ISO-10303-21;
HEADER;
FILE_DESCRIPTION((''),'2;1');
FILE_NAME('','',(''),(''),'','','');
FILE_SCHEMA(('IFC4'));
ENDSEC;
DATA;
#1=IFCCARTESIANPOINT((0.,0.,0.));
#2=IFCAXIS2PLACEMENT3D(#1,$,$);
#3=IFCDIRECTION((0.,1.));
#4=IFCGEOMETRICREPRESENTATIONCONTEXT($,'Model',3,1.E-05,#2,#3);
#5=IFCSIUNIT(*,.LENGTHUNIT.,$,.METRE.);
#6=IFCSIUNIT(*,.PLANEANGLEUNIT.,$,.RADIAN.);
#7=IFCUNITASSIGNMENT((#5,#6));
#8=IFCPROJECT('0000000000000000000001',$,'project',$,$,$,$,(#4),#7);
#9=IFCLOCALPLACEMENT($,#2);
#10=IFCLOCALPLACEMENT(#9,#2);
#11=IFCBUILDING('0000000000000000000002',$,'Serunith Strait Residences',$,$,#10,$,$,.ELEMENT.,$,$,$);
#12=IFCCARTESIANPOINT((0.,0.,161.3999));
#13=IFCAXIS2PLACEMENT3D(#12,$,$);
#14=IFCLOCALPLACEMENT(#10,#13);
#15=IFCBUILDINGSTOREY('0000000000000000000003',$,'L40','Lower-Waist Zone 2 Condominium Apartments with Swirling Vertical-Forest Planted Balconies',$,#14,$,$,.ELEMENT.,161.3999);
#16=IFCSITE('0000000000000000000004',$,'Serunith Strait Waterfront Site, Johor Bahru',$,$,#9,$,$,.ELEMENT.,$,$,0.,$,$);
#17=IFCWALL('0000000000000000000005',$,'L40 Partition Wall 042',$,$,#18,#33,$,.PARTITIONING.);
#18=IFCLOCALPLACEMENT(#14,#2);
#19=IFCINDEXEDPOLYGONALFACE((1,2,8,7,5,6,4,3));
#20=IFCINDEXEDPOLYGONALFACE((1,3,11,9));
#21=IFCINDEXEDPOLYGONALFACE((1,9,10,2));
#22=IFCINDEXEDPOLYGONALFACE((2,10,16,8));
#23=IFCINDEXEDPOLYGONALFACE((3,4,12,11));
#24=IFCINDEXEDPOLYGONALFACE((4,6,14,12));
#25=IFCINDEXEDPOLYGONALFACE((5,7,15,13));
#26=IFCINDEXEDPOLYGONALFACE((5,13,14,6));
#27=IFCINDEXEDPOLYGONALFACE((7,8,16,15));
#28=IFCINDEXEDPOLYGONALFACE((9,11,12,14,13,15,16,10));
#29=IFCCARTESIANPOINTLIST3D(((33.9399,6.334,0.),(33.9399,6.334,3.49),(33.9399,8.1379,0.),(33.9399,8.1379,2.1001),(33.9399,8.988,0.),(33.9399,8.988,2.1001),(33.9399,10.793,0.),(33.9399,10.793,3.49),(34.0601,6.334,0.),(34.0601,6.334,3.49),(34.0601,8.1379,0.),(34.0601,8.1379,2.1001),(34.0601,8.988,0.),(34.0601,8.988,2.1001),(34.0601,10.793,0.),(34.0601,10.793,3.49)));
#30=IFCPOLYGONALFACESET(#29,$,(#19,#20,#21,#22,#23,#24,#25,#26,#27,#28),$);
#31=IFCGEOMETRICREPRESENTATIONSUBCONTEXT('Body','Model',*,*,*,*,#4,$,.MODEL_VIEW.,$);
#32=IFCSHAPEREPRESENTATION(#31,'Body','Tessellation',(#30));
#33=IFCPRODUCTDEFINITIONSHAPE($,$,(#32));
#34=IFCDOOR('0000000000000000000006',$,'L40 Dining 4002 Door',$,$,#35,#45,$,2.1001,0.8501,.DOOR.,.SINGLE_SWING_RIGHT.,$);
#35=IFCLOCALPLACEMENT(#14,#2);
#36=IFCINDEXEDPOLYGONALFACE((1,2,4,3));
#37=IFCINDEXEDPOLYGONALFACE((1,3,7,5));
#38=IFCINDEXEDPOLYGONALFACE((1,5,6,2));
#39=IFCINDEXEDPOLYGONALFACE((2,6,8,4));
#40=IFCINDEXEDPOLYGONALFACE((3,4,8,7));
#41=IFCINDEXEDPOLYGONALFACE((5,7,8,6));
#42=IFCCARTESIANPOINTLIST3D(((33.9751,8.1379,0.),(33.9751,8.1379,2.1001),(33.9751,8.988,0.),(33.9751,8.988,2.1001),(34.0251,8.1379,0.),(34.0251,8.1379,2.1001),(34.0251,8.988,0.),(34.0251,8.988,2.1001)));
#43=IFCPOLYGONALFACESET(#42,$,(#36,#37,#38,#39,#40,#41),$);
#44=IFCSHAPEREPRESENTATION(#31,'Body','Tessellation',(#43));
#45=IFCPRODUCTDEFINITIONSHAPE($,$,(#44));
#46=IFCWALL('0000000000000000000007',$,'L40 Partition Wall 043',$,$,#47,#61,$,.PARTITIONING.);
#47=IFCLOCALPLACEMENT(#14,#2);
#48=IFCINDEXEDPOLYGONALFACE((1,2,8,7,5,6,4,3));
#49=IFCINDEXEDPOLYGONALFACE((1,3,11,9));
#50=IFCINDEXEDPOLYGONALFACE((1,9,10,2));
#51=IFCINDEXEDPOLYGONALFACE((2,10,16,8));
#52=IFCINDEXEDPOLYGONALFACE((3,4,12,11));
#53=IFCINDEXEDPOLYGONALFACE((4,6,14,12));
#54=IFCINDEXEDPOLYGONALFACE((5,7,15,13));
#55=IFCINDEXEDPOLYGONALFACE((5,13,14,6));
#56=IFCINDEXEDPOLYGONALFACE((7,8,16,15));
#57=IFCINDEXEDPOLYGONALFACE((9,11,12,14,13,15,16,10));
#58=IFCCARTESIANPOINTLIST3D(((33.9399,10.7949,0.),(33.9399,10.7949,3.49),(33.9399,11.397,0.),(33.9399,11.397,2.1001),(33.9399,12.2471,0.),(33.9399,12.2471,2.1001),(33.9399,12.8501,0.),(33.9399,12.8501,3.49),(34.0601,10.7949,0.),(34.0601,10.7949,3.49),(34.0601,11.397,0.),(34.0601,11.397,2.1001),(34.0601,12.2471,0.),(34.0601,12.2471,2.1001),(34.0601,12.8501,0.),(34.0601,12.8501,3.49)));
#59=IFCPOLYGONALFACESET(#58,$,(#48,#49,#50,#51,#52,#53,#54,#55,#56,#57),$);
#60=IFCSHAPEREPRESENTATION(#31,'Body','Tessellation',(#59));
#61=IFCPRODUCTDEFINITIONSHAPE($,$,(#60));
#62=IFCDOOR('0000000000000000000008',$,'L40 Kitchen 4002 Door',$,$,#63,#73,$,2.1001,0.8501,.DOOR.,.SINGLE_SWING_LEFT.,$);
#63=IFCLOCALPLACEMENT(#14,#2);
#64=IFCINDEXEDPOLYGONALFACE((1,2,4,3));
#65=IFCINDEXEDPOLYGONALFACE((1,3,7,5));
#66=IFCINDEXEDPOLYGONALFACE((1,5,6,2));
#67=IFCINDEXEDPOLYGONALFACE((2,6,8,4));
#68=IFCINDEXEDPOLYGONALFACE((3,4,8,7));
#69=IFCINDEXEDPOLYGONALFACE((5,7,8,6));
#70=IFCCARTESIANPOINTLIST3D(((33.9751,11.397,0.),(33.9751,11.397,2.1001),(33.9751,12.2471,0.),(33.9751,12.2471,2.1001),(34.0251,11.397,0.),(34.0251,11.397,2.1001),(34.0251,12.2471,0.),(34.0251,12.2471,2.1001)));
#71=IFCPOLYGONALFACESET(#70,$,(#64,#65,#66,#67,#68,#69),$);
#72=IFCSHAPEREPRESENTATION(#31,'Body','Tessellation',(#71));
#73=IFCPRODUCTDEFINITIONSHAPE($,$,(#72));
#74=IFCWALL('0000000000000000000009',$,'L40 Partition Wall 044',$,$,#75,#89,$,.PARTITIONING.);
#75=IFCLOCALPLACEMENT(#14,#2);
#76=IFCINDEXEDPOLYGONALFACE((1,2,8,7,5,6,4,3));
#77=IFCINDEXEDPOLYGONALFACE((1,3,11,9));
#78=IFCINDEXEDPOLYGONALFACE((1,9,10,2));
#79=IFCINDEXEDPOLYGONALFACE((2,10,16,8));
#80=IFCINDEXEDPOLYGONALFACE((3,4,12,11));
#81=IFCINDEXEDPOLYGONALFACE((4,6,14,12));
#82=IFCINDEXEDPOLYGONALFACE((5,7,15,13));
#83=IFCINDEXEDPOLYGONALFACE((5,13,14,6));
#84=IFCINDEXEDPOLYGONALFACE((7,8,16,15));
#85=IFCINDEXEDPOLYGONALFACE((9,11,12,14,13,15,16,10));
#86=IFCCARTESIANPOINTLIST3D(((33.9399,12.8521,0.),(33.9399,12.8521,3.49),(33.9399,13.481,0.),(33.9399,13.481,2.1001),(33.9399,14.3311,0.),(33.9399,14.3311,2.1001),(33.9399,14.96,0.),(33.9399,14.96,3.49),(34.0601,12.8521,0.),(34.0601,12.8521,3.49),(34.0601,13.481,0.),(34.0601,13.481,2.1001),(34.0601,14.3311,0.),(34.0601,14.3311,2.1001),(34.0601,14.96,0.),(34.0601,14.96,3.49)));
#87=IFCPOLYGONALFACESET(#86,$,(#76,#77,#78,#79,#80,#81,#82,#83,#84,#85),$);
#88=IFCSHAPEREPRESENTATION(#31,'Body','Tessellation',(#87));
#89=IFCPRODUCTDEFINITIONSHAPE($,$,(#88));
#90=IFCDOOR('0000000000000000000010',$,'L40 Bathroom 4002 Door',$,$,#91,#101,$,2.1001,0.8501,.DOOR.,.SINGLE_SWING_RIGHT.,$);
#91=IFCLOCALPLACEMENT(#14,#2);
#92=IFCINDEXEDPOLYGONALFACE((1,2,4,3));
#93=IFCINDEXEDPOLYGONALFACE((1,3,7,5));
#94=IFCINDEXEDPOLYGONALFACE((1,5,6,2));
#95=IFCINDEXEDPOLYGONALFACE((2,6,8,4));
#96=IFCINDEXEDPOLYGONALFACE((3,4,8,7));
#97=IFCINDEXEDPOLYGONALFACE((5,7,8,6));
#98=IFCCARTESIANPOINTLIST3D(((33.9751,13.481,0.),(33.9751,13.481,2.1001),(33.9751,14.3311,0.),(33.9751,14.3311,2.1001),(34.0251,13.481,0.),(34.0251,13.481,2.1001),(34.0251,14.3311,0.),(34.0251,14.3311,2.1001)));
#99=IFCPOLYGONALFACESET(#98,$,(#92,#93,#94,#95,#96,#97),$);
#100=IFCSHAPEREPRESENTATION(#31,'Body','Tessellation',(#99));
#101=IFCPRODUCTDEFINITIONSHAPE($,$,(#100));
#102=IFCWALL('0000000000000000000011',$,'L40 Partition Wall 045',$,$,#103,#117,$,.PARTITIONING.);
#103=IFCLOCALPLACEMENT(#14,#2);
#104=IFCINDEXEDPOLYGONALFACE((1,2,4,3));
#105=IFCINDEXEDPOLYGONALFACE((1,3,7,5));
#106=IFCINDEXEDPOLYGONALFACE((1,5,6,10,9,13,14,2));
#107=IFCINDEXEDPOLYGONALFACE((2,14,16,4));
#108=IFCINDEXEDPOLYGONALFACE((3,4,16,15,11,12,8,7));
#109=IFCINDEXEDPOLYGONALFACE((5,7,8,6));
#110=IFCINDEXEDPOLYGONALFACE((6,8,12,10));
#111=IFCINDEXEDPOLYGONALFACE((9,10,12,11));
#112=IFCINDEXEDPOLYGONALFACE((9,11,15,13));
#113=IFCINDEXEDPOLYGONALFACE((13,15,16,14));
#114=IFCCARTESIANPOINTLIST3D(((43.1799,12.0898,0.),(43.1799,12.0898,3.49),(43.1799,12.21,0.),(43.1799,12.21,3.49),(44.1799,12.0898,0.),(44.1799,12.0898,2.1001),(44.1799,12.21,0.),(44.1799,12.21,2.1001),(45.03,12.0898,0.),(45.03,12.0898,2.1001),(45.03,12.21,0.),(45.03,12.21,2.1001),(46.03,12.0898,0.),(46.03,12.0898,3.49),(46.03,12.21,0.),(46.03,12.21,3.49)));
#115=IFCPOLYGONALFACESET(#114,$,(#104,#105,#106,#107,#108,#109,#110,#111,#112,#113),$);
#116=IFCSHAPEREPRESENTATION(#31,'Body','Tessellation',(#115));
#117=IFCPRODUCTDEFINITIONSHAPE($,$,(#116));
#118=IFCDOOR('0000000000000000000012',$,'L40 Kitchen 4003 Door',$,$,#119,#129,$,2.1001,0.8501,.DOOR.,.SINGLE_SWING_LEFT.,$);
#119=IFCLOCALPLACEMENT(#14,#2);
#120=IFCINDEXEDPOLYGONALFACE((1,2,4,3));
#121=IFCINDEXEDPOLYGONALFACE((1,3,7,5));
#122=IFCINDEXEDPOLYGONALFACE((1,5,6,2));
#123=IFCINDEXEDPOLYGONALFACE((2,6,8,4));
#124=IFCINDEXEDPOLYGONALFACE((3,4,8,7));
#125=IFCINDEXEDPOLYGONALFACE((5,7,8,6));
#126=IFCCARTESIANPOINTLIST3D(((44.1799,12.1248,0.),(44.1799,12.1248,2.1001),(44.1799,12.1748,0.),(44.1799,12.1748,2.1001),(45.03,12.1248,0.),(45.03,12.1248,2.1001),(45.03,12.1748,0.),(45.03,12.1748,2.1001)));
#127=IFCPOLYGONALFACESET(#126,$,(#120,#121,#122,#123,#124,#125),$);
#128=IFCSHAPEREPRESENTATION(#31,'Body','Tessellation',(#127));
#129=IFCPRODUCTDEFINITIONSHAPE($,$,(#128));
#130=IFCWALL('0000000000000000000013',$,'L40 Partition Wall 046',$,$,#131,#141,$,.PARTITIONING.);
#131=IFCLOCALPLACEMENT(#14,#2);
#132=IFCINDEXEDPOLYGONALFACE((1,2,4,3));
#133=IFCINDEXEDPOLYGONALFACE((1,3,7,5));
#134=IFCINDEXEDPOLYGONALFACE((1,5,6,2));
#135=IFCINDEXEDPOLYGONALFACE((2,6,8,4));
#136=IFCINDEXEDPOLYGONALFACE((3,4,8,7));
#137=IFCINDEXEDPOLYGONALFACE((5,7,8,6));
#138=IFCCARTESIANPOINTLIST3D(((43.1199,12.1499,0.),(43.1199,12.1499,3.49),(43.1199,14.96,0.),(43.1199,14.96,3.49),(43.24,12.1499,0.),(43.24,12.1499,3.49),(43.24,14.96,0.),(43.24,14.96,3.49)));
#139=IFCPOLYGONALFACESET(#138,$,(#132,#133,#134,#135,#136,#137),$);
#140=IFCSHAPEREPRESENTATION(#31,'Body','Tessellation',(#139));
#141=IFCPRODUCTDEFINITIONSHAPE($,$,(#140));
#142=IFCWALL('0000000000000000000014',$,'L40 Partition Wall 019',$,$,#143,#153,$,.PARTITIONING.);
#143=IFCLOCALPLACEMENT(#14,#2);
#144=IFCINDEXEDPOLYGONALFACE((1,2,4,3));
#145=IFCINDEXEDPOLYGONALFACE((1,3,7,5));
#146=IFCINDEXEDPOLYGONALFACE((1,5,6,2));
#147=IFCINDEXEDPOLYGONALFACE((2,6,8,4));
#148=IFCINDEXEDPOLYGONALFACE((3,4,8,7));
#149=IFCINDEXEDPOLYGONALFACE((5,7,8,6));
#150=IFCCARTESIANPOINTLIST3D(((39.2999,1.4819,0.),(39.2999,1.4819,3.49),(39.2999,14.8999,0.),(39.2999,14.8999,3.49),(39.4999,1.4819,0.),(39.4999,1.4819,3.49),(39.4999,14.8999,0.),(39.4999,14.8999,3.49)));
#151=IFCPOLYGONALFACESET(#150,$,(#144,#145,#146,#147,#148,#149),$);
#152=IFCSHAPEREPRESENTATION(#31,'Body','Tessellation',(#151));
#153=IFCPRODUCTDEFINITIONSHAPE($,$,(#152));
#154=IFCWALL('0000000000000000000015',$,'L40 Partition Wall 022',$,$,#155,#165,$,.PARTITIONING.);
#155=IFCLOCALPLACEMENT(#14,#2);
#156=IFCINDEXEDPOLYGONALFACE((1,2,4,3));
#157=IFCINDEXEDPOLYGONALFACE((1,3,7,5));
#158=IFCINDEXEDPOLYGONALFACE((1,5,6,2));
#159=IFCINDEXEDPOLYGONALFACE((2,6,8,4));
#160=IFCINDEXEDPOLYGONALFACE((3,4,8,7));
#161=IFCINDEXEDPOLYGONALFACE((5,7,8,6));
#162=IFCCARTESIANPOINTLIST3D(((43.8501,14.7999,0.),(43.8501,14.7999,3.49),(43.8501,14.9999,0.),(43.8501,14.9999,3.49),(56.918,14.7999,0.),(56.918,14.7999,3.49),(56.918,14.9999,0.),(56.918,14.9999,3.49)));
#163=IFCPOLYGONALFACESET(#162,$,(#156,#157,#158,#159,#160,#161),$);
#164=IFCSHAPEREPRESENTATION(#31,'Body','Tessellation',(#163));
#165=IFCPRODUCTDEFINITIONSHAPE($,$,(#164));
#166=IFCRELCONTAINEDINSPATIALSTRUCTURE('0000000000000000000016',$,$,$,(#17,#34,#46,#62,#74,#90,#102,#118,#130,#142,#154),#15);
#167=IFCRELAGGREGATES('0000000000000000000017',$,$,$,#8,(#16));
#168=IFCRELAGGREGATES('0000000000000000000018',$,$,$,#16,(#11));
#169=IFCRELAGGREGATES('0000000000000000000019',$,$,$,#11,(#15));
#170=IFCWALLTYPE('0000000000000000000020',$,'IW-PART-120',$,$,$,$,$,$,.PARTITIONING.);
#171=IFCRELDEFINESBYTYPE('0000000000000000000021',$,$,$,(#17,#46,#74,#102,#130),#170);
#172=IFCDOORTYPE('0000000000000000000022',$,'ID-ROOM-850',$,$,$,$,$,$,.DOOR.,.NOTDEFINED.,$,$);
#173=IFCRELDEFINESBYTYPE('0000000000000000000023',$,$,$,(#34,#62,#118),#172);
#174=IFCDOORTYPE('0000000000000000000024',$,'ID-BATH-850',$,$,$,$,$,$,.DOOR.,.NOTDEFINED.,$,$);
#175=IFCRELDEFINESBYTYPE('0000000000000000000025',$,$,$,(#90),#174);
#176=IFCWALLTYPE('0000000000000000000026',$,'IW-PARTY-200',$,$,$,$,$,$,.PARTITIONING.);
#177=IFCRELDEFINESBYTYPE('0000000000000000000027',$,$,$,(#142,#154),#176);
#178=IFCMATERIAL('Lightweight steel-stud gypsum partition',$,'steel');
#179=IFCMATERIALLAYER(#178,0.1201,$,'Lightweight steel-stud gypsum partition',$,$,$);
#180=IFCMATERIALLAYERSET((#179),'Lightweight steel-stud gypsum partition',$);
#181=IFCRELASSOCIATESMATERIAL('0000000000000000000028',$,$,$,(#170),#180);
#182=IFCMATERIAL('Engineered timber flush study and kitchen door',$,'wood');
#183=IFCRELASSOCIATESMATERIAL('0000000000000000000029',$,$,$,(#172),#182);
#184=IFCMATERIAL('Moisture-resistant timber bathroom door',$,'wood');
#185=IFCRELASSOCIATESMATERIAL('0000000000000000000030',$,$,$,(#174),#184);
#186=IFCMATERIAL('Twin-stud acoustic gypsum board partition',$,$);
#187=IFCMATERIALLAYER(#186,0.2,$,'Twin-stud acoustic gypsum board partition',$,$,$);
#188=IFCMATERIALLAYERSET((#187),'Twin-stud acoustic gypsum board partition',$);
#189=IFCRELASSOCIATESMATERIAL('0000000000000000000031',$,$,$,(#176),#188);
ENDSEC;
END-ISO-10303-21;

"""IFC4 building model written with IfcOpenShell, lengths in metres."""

from ifc_helpers import new_model, si_unit, direction, frame, frame_2d, origin, place, context, subcontext, project, spatial, rectangle, extrude, source, transform, mapped, material, layer, layer_set, type_object, element, fill, save


model = new_model("IFC4")

# Units and contexts
model_context = context("Model", 3, precision=1e-05, world=origin(), true_north=direction((0.0, 1.0)))
body_context = subcontext(model_context, "Body", "Model", "MODEL_VIEW")
ifc_project = project(units=[si_unit("LENGTHUNIT", "METRE"), si_unit("PLANEANGLEUNIT", "RADIAN")], contexts=[model_context])

# Site, building, storey
site_placement = place(None, origin())
site = spatial("IfcSite", under=ifc_project, at=site_placement, Name="Serunith Strait Waterfront Site, Johor Bahru", CompositionType="ELEMENT", RefElevation=0.0)
building_placement = place(site_placement, origin())
building = spatial("IfcBuilding", under=site, at=building_placement, Name="Serunith Strait Residences", CompositionType="ELEMENT")
storey_placement = place(building_placement, frame((0.0, 0.0, 161.3999)))
storey = spatial("IfcBuildingStorey", under=building, at=storey_placement, Name="L40", Description="Lower-Waist Zone 2 Condominium Apartments with Swirling Vertical-Forest Planted Balconies", CompositionType="ELEMENT", Elevation=161.3999)

# Walls, openings, doors
ifc_material_1 = material(Name="Lightweight steel-stud gypsum partition", Category="steel")
ifc_layer_1 = layer(ifc_material_1, 0.1201, Name="Lightweight steel-stud gypsum partition")
ifc_layer_set_1 = layer_set([ifc_layer_1], Name="Lightweight steel-stud gypsum partition")
wall_type_1 = type_object("IfcWallType", Name="IW-PART-120", PredefinedType="PARTITIONING", material=ifc_layer_set_1)
wall_1_placement = place(storey_placement, frame((34.0, 6.334, 0.0), z_axis=(0.0, 0.0, 1.0), x_axis=(0.0, 1.0, 0.0)))
wall_1 = element("IfcWall", 1, at=wall_1_placement, inside=storey, type_object=wall_type_1, Name="L40 Partition Wall 042", PredefinedType="PARTITIONING", context=body_context, shape_type="SweptSolid", body=[
    extrude(rectangle(XDim=4.459, YDim=0.1201, at=frame_2d((2.2295, 0.0))), origin(), (0.0, 0.0, 1.0), 3.49),
])
opening_1_placement = place(wall_1_placement, frame((1.804, 0.0, 0.0)))
opening_1 = element("IfcOpeningElement", 2, at=opening_1_placement, cuts=wall_1, PredefinedType="OPENING", context=body_context, shape_type="SweptSolid", body=[
    extrude(rectangle(XDim=0.8501, YDim=2.1001, at=frame_2d((0.425, 1.05))), frame((0.0, 0.0701, 0.0), z_axis=(0.0, -1.0, 0.0), x_axis=(1.0, 0.0, 0.0)), (0.0, 0.0, 1.0), 0.1401),
])
ifc_material_2 = material(Name="Engineered timber flush study and kitchen door", Category="wood")
door_type_1 = type_object("IfcDoorType", Name="ID-ROOM-850", OperationType="NOTDEFINED", PredefinedType="DOOR", material=ifc_material_2)
shared_shape_1 = source(origin(), body_context, "Body", "SweptSolid", [
    extrude(rectangle(XDim=0.8501, YDim=2.1001, at=frame_2d((0.425, 1.05))), frame((0.0, 0.0249, 0.0), z_axis=(0.0, -1.0, 0.0), x_axis=(1.0, 0.0, 0.0)), (0.0, 0.0, 1.0), 0.05),
])
door_1_placement = place(opening_1_placement, origin())
door_1 = element("IfcDoor", 3, at=door_1_placement, inside=storey, type_object=door_type_1, Name="L40 Dining 4002 Door", OperationType="SINGLE_SWING_RIGHT", OverallHeight=2.1001, OverallWidth=0.8501, PredefinedType="DOOR", context=body_context, shape_type="MappedRepresentation", body=[
    mapped(shared_shape_1, transform((0.0, 0.0, 0.0), scale=1.0)),
])
fill(opening_1, door_1)
wall_2_placement = place(storey_placement, frame((34.0, 10.7949, 0.0), z_axis=(0.0, 0.0, 1.0), x_axis=(0.0, 1.0, 0.0)))
wall_2 = element("IfcWall", 4, at=wall_2_placement, inside=storey, type_object=wall_type_1, Name="L40 Partition Wall 043", PredefinedType="PARTITIONING", context=body_context, shape_type="SweptSolid", body=[
    extrude(rectangle(XDim=2.0552, YDim=0.1201, at=frame_2d((1.0276, 0.0))), origin(), (0.0, 0.0, 1.0), 3.49),
])
opening_2_placement = place(wall_2_placement, frame((0.6021, 0.0, 0.0)))
opening_2 = element("IfcOpeningElement", 5, at=opening_2_placement, cuts=wall_2, PredefinedType="OPENING", context=body_context, shape_type="SweptSolid", body=[
    extrude(rectangle(XDim=0.8501, YDim=2.1001, at=frame_2d((0.425, 1.05))), frame((0.0, 0.0701, 0.0), z_axis=(0.0, -1.0, 0.0), x_axis=(1.0, 0.0, 0.0)), (0.0, 0.0, 1.0), 0.1401),
])
door_2_placement = place(opening_2_placement, origin())
door_2 = element("IfcDoor", 6, at=door_2_placement, inside=storey, type_object=door_type_1, Name="L40 Kitchen 4002 Door", OperationType="SINGLE_SWING_LEFT", OverallHeight=2.1001, OverallWidth=0.8501, PredefinedType="DOOR", context=body_context, shape_type="MappedRepresentation", body=[
    mapped(shared_shape_1, transform((0.0, 0.0, 0.0), scale=1.0)),
])
fill(opening_2, door_2)
wall_3_placement = place(storey_placement, frame((34.0, 12.8521, 0.0), z_axis=(0.0, 0.0, 1.0), x_axis=(0.0, 1.0, 0.0)))
wall_3 = element("IfcWall", 7, at=wall_3_placement, inside=storey, type_object=wall_type_1, Name="L40 Partition Wall 044", PredefinedType="PARTITIONING", context=body_context, shape_type="SweptSolid", body=[
    extrude(rectangle(XDim=2.1079, YDim=0.1201, at=frame_2d((1.054, 0.0))), origin(), (0.0, 0.0, 1.0), 3.49),
])
opening_3_placement = place(wall_3_placement, frame((0.6289, 0.0, 0.0)))
opening_3 = element("IfcOpeningElement", 8, at=opening_3_placement, cuts=wall_3, PredefinedType="OPENING", context=body_context, shape_type="SweptSolid", body=[
    extrude(rectangle(XDim=0.8501, YDim=2.1001, at=frame_2d((0.425, 1.05))), frame((0.0, 0.0701, 0.0), z_axis=(0.0, -1.0, 0.0), x_axis=(1.0, 0.0, 0.0)), (0.0, 0.0, 1.0), 0.1401),
])
ifc_material_3 = material(Name="Moisture-resistant timber bathroom door", Category="wood")
door_type_2 = type_object("IfcDoorType", Name="ID-BATH-850", OperationType="NOTDEFINED", PredefinedType="DOOR", material=ifc_material_3)
door_3_placement = place(opening_3_placement, origin())
door_3 = element("IfcDoor", 9, at=door_3_placement, inside=storey, type_object=door_type_2, Name="L40 Bathroom 4002 Door", OperationType="SINGLE_SWING_RIGHT", OverallHeight=2.1001, OverallWidth=0.8501, PredefinedType="DOOR", context=body_context, shape_type="MappedRepresentation", body=[
    mapped(shared_shape_1, transform((0.0, 0.0, 0.0), scale=1.0)),
])
fill(opening_3, door_3)
wall_4_placement = place(storey_placement, frame((43.1799, 12.1499, 0.0), z_axis=(0.0, 0.0, 1.0), x_axis=(1.0, 0.0, 0.0)))
wall_4 = element("IfcWall", 10, at=wall_4_placement, inside=storey, type_object=wall_type_1, Name="L40 Partition Wall 045", PredefinedType="PARTITIONING", context=body_context, shape_type="SweptSolid", body=[
    extrude(rectangle(XDim=2.8501, YDim=0.1201, at=frame_2d((1.425, 0.0))), origin(), (0.0, 0.0, 1.0), 3.49),
])
opening_4_placement = place(wall_4_placement, frame((1.0, 0.0, 0.0)))
opening_4 = element("IfcOpeningElement", 11, at=opening_4_placement, cuts=wall_4, PredefinedType="OPENING", context=body_context, shape_type="SweptSolid", body=[
    extrude(rectangle(XDim=0.8501, YDim=2.1001, at=frame_2d((0.425, 1.05))), frame((0.0, 0.0701, 0.0), z_axis=(0.0, -1.0, 0.0), x_axis=(1.0, 0.0, 0.0)), (0.0, 0.0, 1.0), 0.1401),
])
door_4_placement = place(opening_4_placement, origin())
door_4 = element("IfcDoor", 12, at=door_4_placement, inside=storey, type_object=door_type_1, Name="L40 Kitchen 4003 Door", OperationType="SINGLE_SWING_LEFT", OverallHeight=2.1001, OverallWidth=0.8501, PredefinedType="DOOR", context=body_context, shape_type="MappedRepresentation", body=[
    mapped(shared_shape_1, transform((0.0, 0.0, 0.0), scale=1.0)),
])
fill(opening_4, door_4)

# Walls
wall_5_placement = place(storey_placement, frame((43.1799, 12.1499, 0.0), z_axis=(0.0, 0.0, 1.0), x_axis=(0.0, 1.0, 0.0)))
element("IfcWall", 13, at=wall_5_placement, inside=storey, type_object=wall_type_1, Name="L40 Partition Wall 046", PredefinedType="PARTITIONING", context=body_context, shape_type="SweptSolid", body=[
    extrude(rectangle(XDim=2.8101, YDim=0.1201, at=frame_2d((1.405, 0.0))), origin(), (0.0, 0.0, 1.0), 3.49),
])
ifc_material_4 = material(Name="Twin-stud acoustic gypsum board partition")
ifc_layer_2 = layer(ifc_material_4, 0.2, Name="Twin-stud acoustic gypsum board partition")
ifc_layer_set_2 = layer_set([ifc_layer_2], Name="Twin-stud acoustic gypsum board partition")
wall_type_2 = type_object("IfcWallType", Name="IW-PARTY-200", PredefinedType="PARTITIONING", material=ifc_layer_set_2)
wall_6_placement = place(storey_placement, frame((39.3999, 1.4819, 0.0), z_axis=(0.0, 0.0, 1.0), x_axis=(0.0, 1.0, 0.0)))
element("IfcWall", 14, at=wall_6_placement, inside=storey, type_object=wall_type_2, Name="L40 Partition Wall 019", PredefinedType="PARTITIONING", context=body_context, shape_type="SweptSolid", body=[
    extrude(rectangle(XDim=13.418, YDim=0.2, at=frame_2d((6.709, 0.0))), origin(), (0.0, 0.0, 1.0), 3.49),
])
wall_7_placement = place(storey_placement, frame((43.8501, 14.8999, 0.0), z_axis=(0.0, 0.0, 1.0), x_axis=(1.0, 0.0, 0.0)))
element("IfcWall", 15, at=wall_7_placement, inside=storey, type_object=wall_type_2, Name="L40 Partition Wall 022", PredefinedType="PARTITIONING", context=body_context, shape_type="SweptSolid", body=[
    extrude(rectangle(XDim=13.0679, YDim=0.2, at=frame_2d((6.5339, 0.0))), origin(), (0.0, 0.0, 1.0), 3.49),
])

save(model, "model.ifc")
